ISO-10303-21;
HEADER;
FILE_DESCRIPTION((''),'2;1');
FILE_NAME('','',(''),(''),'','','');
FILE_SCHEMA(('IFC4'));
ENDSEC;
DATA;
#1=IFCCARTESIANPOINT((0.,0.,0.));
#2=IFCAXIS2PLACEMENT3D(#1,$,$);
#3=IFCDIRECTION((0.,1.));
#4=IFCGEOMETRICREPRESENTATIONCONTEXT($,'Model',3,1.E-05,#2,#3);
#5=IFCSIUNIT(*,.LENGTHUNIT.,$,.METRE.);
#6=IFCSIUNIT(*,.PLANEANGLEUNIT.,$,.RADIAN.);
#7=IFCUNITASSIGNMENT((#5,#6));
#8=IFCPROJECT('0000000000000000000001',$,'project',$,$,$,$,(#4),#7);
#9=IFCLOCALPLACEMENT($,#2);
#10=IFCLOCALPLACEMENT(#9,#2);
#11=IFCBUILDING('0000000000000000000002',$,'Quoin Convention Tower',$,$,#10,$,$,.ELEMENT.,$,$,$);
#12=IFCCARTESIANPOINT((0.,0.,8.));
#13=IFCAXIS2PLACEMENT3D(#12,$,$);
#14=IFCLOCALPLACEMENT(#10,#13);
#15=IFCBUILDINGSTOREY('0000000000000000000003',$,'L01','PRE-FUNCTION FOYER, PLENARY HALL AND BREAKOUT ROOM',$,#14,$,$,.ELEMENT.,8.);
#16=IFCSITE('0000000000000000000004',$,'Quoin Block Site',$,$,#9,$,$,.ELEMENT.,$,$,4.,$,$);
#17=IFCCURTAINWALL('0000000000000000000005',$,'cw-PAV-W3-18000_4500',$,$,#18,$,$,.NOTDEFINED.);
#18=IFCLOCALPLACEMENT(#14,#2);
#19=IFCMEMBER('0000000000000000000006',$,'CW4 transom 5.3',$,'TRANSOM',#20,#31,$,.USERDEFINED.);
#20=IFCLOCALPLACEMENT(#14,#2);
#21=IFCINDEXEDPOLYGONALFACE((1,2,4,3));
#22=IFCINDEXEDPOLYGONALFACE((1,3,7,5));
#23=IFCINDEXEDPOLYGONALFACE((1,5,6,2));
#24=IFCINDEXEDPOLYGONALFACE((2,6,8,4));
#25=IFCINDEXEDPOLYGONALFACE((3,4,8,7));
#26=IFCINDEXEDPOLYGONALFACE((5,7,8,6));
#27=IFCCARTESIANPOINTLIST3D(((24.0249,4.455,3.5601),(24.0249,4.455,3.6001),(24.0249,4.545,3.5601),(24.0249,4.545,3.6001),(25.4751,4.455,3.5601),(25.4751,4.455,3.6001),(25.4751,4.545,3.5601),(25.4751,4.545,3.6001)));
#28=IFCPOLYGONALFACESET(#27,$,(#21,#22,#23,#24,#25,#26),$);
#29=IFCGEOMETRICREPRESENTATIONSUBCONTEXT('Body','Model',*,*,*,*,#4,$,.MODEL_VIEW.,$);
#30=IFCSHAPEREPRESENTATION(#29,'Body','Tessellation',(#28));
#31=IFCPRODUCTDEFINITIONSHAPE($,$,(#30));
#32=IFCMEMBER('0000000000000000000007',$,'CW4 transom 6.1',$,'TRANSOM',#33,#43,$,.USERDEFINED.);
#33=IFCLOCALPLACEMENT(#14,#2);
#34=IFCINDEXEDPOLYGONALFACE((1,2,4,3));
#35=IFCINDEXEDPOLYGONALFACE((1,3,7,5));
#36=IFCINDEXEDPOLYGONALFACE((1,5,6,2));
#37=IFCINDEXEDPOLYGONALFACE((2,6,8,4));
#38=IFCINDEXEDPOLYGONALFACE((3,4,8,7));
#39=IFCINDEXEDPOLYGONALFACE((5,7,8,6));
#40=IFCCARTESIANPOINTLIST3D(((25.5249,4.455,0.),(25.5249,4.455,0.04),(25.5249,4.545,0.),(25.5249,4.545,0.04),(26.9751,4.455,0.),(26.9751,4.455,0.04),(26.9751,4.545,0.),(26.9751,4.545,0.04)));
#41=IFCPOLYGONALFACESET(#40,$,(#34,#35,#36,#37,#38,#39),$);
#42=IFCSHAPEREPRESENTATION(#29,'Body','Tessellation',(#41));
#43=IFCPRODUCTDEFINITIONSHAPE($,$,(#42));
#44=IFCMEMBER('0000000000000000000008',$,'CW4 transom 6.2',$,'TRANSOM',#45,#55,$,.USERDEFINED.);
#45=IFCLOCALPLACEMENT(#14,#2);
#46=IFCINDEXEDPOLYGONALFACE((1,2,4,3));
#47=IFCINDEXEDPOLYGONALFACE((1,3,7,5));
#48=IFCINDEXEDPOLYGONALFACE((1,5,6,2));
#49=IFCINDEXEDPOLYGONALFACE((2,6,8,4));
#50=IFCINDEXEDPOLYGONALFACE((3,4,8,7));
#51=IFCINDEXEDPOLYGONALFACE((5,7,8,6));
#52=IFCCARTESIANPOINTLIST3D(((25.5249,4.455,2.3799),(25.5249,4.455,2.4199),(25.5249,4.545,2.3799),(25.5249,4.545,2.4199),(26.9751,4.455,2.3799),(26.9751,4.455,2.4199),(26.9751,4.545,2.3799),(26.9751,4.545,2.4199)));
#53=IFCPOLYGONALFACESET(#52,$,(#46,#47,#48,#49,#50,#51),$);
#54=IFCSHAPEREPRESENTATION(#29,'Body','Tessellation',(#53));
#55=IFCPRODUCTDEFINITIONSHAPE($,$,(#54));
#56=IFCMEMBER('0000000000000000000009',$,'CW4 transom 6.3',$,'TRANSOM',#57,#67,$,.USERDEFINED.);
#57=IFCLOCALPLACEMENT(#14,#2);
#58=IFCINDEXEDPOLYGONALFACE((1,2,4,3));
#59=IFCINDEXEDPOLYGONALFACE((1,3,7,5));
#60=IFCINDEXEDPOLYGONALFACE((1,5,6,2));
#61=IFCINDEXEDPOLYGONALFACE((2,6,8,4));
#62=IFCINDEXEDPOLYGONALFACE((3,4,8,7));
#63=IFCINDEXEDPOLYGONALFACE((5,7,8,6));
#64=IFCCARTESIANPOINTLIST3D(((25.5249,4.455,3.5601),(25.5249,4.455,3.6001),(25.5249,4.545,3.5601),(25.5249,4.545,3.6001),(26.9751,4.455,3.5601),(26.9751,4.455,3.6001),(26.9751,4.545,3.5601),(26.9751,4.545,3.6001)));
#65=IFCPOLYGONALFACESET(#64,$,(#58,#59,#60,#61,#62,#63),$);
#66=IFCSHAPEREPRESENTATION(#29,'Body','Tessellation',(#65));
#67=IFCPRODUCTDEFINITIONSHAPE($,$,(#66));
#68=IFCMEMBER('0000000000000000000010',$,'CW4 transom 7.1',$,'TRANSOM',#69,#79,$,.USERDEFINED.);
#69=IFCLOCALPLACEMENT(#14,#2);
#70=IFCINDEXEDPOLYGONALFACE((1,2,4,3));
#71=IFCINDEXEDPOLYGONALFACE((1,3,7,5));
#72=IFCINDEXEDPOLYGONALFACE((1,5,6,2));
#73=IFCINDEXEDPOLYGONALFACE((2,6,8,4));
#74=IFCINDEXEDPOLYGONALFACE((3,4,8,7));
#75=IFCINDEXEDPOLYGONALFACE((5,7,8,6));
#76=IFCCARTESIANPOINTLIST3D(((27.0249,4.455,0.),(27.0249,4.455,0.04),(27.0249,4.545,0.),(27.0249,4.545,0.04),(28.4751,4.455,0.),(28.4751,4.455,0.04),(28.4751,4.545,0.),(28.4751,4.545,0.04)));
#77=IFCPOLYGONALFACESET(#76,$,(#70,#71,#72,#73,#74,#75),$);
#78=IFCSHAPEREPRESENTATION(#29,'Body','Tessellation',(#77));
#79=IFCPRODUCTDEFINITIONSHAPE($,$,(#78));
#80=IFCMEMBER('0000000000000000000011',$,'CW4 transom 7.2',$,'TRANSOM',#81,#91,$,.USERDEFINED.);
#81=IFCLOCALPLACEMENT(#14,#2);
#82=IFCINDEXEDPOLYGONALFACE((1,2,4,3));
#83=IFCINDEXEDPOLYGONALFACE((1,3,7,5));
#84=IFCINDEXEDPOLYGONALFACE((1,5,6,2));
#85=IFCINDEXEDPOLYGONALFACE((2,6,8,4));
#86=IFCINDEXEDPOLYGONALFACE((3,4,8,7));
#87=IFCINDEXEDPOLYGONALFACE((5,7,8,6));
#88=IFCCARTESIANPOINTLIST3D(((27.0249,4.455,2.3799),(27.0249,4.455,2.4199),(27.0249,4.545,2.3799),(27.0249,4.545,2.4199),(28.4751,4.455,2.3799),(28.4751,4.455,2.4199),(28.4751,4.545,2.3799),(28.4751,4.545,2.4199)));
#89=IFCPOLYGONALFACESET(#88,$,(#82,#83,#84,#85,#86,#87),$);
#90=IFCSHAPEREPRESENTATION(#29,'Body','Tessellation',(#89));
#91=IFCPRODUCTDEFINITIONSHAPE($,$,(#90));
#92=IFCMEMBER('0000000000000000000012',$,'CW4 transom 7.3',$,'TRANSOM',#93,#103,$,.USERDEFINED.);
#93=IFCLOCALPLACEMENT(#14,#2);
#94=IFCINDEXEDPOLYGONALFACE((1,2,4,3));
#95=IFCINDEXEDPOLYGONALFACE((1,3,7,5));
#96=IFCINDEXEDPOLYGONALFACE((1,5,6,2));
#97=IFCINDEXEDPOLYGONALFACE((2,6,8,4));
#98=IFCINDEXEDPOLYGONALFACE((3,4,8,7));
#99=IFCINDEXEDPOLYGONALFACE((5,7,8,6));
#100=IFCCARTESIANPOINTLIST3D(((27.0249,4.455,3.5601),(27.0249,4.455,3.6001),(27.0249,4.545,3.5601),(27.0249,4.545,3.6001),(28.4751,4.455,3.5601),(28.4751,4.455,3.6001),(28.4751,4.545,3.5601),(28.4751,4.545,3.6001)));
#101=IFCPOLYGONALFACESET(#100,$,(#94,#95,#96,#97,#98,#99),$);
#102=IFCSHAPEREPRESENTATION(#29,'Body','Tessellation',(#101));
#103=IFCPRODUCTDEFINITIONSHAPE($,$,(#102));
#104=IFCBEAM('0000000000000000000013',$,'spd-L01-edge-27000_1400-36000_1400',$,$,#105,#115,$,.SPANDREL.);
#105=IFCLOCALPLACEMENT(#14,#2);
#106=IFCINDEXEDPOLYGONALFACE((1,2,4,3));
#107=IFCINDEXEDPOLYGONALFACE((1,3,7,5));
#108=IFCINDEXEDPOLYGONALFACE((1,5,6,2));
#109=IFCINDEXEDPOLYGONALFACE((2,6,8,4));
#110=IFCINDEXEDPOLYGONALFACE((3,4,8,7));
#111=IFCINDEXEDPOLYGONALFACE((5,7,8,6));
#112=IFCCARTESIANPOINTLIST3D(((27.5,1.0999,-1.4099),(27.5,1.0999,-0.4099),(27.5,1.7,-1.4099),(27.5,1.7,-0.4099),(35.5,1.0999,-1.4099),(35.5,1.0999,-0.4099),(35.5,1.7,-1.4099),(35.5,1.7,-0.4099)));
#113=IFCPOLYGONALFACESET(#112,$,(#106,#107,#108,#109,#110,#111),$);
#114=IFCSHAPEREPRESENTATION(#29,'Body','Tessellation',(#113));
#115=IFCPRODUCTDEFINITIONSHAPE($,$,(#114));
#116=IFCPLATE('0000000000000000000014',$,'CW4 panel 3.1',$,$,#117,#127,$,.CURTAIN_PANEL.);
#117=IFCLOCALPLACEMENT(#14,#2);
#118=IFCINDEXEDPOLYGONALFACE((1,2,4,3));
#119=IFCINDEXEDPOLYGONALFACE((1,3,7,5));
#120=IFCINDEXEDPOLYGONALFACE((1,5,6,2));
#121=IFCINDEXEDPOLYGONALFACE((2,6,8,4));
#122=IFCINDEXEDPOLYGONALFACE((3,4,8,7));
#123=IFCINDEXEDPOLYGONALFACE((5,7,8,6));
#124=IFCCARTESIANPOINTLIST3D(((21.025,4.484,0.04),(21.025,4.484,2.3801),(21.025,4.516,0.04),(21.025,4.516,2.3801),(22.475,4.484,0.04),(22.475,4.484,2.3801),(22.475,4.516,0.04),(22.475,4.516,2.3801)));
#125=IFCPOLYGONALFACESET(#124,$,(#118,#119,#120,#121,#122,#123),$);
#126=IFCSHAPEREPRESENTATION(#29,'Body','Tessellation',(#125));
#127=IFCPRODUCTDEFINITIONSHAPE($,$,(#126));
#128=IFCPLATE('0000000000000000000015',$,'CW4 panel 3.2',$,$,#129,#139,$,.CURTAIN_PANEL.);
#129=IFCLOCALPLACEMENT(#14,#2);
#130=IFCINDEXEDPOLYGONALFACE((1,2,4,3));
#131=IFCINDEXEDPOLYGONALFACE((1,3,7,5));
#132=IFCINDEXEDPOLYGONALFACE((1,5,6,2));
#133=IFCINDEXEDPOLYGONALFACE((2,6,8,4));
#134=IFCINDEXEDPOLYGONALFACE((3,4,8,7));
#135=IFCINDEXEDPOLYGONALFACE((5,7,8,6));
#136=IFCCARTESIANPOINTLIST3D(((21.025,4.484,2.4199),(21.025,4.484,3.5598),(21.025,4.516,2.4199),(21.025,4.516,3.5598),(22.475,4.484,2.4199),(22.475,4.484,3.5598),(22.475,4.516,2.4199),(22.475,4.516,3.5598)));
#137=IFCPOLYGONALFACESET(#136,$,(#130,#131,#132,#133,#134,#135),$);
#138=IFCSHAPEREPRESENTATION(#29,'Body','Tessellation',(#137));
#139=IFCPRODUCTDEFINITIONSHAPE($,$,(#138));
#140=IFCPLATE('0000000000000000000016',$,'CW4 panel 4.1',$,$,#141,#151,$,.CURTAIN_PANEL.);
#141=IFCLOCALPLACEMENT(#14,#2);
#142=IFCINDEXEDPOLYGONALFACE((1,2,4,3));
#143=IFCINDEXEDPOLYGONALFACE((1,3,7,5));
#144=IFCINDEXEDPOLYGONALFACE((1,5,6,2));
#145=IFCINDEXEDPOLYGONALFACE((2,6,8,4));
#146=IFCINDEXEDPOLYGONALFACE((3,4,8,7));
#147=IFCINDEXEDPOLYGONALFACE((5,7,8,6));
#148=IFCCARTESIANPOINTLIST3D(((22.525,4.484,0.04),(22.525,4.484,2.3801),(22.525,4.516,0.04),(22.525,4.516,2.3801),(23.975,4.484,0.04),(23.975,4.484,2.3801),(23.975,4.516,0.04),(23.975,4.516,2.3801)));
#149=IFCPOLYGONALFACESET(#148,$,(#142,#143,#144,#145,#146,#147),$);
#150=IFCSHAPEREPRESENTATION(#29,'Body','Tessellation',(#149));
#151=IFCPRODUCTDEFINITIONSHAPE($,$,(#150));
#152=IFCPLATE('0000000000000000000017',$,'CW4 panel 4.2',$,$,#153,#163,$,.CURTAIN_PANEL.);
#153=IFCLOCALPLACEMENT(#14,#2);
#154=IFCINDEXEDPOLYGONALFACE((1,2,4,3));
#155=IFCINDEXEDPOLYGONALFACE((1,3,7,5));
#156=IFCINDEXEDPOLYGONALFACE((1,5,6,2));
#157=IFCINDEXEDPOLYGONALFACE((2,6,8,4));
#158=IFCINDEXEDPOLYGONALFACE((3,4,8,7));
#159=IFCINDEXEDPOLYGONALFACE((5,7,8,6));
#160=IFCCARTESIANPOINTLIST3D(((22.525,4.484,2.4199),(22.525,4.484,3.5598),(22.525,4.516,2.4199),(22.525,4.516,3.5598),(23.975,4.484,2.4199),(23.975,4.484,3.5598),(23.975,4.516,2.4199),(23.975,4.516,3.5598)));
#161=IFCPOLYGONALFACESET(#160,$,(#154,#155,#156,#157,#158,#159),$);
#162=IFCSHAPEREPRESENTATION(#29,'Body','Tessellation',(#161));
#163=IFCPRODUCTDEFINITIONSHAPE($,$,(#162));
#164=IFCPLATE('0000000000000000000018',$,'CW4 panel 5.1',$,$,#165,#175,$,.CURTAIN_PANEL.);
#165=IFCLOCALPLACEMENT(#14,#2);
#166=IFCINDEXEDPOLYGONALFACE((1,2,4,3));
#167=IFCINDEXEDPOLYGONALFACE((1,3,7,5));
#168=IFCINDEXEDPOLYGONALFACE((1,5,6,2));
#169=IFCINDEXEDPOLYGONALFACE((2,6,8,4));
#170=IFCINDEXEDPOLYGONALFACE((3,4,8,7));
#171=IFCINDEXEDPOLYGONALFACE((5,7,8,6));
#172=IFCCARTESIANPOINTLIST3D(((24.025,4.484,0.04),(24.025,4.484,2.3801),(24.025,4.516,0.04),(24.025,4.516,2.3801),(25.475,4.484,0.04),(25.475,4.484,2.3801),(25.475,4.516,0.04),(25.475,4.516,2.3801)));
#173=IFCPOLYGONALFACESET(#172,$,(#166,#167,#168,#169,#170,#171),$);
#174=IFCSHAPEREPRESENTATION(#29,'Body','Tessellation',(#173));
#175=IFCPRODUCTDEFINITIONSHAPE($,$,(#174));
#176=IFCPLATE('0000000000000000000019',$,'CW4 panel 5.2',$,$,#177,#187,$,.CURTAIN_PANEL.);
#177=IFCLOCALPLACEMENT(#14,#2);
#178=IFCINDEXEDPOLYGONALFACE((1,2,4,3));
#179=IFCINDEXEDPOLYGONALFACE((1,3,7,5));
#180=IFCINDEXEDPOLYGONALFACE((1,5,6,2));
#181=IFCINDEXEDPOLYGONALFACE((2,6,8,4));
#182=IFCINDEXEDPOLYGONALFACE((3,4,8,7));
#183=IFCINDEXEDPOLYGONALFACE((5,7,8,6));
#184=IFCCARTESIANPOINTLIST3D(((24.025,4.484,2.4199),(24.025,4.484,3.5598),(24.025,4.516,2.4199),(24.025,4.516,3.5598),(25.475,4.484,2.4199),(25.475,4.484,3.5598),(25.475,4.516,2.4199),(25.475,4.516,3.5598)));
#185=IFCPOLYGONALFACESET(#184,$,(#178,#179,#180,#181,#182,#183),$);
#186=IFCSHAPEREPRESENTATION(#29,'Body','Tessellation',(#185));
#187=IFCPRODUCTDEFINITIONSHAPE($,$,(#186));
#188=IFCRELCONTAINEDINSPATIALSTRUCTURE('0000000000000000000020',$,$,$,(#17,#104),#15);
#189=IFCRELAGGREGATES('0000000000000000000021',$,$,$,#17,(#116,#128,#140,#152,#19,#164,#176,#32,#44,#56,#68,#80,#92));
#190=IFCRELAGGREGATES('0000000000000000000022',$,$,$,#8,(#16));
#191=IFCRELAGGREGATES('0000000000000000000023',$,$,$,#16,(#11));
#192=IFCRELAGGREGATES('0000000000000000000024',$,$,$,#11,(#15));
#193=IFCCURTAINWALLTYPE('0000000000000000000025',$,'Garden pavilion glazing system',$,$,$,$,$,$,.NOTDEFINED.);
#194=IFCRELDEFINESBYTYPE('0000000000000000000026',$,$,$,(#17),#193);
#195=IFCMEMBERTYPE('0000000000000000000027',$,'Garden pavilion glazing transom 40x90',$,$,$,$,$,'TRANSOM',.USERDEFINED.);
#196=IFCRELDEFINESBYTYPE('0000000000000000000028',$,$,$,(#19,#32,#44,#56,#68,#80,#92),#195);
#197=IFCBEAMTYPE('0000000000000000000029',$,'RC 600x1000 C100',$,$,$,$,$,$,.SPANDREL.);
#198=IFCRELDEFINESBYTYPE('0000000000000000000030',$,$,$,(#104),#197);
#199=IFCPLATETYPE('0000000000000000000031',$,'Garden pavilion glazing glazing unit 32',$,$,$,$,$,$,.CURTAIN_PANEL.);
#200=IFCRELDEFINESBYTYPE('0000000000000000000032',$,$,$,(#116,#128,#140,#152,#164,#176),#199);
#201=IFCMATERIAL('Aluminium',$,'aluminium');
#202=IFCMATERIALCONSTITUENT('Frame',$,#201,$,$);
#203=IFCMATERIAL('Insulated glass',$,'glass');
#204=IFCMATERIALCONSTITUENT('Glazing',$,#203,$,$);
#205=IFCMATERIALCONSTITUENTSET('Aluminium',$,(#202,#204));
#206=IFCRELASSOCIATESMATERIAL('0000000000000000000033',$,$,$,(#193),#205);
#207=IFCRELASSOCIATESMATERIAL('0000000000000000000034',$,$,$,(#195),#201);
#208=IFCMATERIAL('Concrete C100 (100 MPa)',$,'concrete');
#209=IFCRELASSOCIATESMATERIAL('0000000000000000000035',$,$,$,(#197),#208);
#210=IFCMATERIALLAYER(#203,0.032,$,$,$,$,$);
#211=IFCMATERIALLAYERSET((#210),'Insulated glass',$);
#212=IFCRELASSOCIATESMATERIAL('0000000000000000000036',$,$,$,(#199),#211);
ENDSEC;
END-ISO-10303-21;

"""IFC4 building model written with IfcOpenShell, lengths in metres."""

from ifc_helpers import new_model, si_unit, direction, frame, origin, origin_2d, place, context, subcontext, project, spatial, rectangle, extrude, material, layer, layer_set, constituent, constituent_set, material_profile, profile_set, type_object, element, aggregate, save


model = new_model("IFC4")

# Units and contexts
model_context = context("Model", 3, precision=1e-05, world=origin(), true_north=direction((0.0, 1.0)))
body_context = subcontext(model_context, "Body", "Model", "MODEL_VIEW")
ifc_project = project(units=[si_unit("LENGTHUNIT", "METRE"), si_unit("PLANEANGLEUNIT", "RADIAN")], contexts=[model_context])

# Site, building, storey
site_placement = place(None, origin())
site = spatial("IfcSite", under=ifc_project, at=site_placement, Name="Quoin Block Site", CompositionType="ELEMENT", RefElevation=4.0)
building_placement = place(site_placement, origin())
building = spatial("IfcBuilding", under=site, at=building_placement, Name="Quoin Convention Tower", CompositionType="ELEMENT")
storey_placement = place(building_placement, frame((0.0, 0.0, 8.0)))
storey = spatial("IfcBuildingStorey", under=building, at=storey_placement, Name="L01", Description="PRE-FUNCTION FOYER, PLENARY HALL AND BREAKOUT ROOM", CompositionType="ELEMENT", Elevation=8.0)

# Curtain wall, members
ifc_material_1 = material(Name="Aluminium", Category="aluminium")
ifc_constituent_1 = constituent(ifc_material_1, Name="Frame")
ifc_material_2 = material(Name="Insulated glass", Category="glass")
ifc_constituent_2 = constituent(ifc_material_2, Name="Glazing")
ifc_constituent_set = constituent_set(constituents=[ifc_constituent_1, ifc_constituent_2], Name="Aluminium")
curtain_wall_type = type_object("IfcCurtainWallType", Name="Garden pavilion glazing system", PredefinedType="NOTDEFINED", material=ifc_constituent_set)
curtain_wall_placement = place(storey_placement, origin())
curtain_wall = element("IfcCurtainWall", 1, at=curtain_wall_placement, inside=storey, type_object=curtain_wall_type, Name="cw-PAV-W3-18000_4500", PredefinedType="NOTDEFINED")
ifc_material_profile_1 = material_profile(ifc_material_1, rectangle(XDim=0.0901, YDim=0.04, at=origin_2d()), Name="Garden pavilion glazing transom 40x90")
ifc_profile_set_1 = profile_set([ifc_material_profile_1], Name="Aluminium")
member_type_1 = type_object("IfcMemberType", Name="Garden pavilion glazing transom 40x90", ElementType="TRANSOM", PredefinedType="USERDEFINED", material=ifc_profile_set_1)
member_1_placement = place(storey_placement, frame((24.0249, 4.5, 3.5801), z_axis=(1.0, 0.0, 0.0), x_axis=(0.0, 1.0, 0.0)))
member_1 = element("IfcMember", 2, at=member_1_placement, type_object=member_type_1, Name="CW4 transom 5.3", ObjectType="TRANSOM", PredefinedType="USERDEFINED", context=body_context, shape_type="SweptSolid", body=[
    extrude(rectangle(XDim=0.0901, YDim=0.04, at=origin_2d()), origin(), (0.0, 0.0, 1.0), 1.4502),
])
member_2_placement = place(storey_placement, frame((25.5249, 4.5, 0.02), z_axis=(1.0, 0.0, 0.0), x_axis=(0.0, 1.0, 0.0)))
member_2 = element("IfcMember", 3, at=member_2_placement, type_object=member_type_1, Name="CW4 transom 6.1", ObjectType="TRANSOM", PredefinedType="USERDEFINED", context=body_context, shape_type="SweptSolid", body=[
    extrude(rectangle(XDim=0.0901, YDim=0.04, at=origin_2d()), origin(), (0.0, 0.0, 1.0), 1.4502),
])
member_3_placement = place(storey_placement, frame((25.5249, 4.5, 2.3999), z_axis=(1.0, 0.0, 0.0), x_axis=(0.0, 1.0, 0.0)))
member_3 = element("IfcMember", 4, at=member_3_placement, type_object=member_type_1, Name="CW4 transom 6.2", ObjectType="TRANSOM", PredefinedType="USERDEFINED", context=body_context, shape_type="SweptSolid", body=[
    extrude(rectangle(XDim=0.0901, YDim=0.04, at=origin_2d()), origin(), (0.0, 0.0, 1.0), 1.4502),
])
member_4_placement = place(storey_placement, frame((25.5249, 4.5, 3.5801), z_axis=(1.0, 0.0, 0.0), x_axis=(0.0, 1.0, 0.0)))
member_4 = element("IfcMember", 5, at=member_4_placement, type_object=member_type_1, Name="CW4 transom 6.3", ObjectType="TRANSOM", PredefinedType="USERDEFINED", context=body_context, shape_type="SweptSolid", body=[
    extrude(rectangle(XDim=0.0901, YDim=0.04, at=origin_2d()), origin(), (0.0, 0.0, 1.0), 1.4502),
])
member_5_placement = place(storey_placement, frame((27.0249, 4.5, 0.02), z_axis=(1.0, 0.0, 0.0), x_axis=(0.0, 1.0, 0.0)))
member_5 = element("IfcMember", 6, at=member_5_placement, type_object=member_type_1, Name="CW4 transom 7.1", ObjectType="TRANSOM", PredefinedType="USERDEFINED", context=body_context, shape_type="SweptSolid", body=[
    extrude(rectangle(XDim=0.0901, YDim=0.04, at=origin_2d()), origin(), (0.0, 0.0, 1.0), 1.4502),
])
member_6_placement = place(storey_placement, frame((27.0249, 4.5, 2.3999), z_axis=(1.0, 0.0, 0.0), x_axis=(0.0, 1.0, 0.0)))
member_6 = element("IfcMember", 7, at=member_6_placement, type_object=member_type_1, Name="CW4 transom 7.2", ObjectType="TRANSOM", PredefinedType="USERDEFINED", context=body_context, shape_type="SweptSolid", body=[
    extrude(rectangle(XDim=0.0901, YDim=0.04, at=origin_2d()), origin(), (0.0, 0.0, 1.0), 1.4502),
])
member_7_placement = place(storey_placement, frame((27.0249, 4.5, 3.5801), z_axis=(1.0, 0.0, 0.0), x_axis=(0.0, 1.0, 0.0)))
member_7 = element("IfcMember", 8, at=member_7_placement, type_object=member_type_1, Name="CW4 transom 7.3", ObjectType="TRANSOM", PredefinedType="USERDEFINED", context=body_context, shape_type="SweptSolid", body=[
    extrude(rectangle(XDim=0.0901, YDim=0.04, at=origin_2d()), origin(), (0.0, 0.0, 1.0), 1.4502),
])

# Beam
ifc_material_3 = material(Name="Concrete C100 (100 MPa)", Category="concrete")
ifc_material_profile_2 = material_profile(ifc_material_3, rectangle(XDim=0.6001, YDim=1.0, at=origin_2d()), Name="RC 600x1000")
ifc_profile_set_2 = profile_set([ifc_material_profile_2], Name="Concrete C100 (100 MPa)")
beam_type_1 = type_object("IfcBeamType", Name="RC 600x1000 C100", PredefinedType="SPANDREL", material=ifc_profile_set_2)
beam_1_placement = place(storey_placement, frame((27.5, 1.3999, -0.9099), z_axis=(1.0, 0.0, 0.0), x_axis=(0.0, 1.0, 0.0)))
element("IfcBeam", 9, at=beam_1_placement, inside=storey, type_object=beam_type_1, Name="spd-L01-edge-27000_1400-36000_1400", PredefinedType="SPANDREL", context=body_context, shape_type="SweptSolid", body=[
    extrude(rectangle(XDim=0.6001, YDim=1.0, at=origin_2d()), origin(), (0.0, 0.0, 1.0), 8.0),
])

# Plates
ifc_layer = layer(ifc_material_2, 0.032)
ifc_layer_set = layer_set([ifc_layer], Name="Insulated glass")
plate_type = type_object("IfcPlateType", Name="Garden pavilion glazing glazing unit 32", PredefinedType="CURTAIN_PANEL", material=ifc_layer_set)
plate_1_placement = place(storey_placement, frame((21.75, 4.5, 0.04), z_axis=(0.0, 0.0, 1.0), x_axis=(1.0, 0.0, 0.0)))
plate_1 = element("IfcPlate", 10, at=plate_1_placement, type_object=plate_type, Name="CW4 panel 3.1", PredefinedType="CURTAIN_PANEL", context=body_context, shape_type="SweptSolid", body=[
    extrude(rectangle(XDim=1.45, YDim=0.032, at=origin_2d()), origin(), (0.0, 0.0, 1.0), 2.3401),
])
plate_2_placement = place(storey_placement, frame((21.75, 4.5, 2.4199), z_axis=(0.0, 0.0, 1.0), x_axis=(1.0, 0.0, 0.0)))
plate_2 = element("IfcPlate", 11, at=plate_2_placement, type_object=plate_type, Name="CW4 panel 3.2", PredefinedType="CURTAIN_PANEL", context=body_context, shape_type="SweptSolid", body=[
    extrude(rectangle(XDim=1.45, YDim=0.032, at=origin_2d()), origin(), (0.0, 0.0, 1.0), 1.1399),
])
plate_3_placement = place(storey_placement, frame((23.25, 4.5, 0.04), z_axis=(0.0, 0.0, 1.0), x_axis=(1.0, 0.0, 0.0)))
plate_3 = element("IfcPlate", 12, at=plate_3_placement, type_object=plate_type, Name="CW4 panel 4.1", PredefinedType="CURTAIN_PANEL", context=body_context, shape_type="SweptSolid", body=[
    extrude(rectangle(XDim=1.45, YDim=0.032, at=origin_2d()), origin(), (0.0, 0.0, 1.0), 2.3401),
])
plate_4_placement = place(storey_placement, frame((23.25, 4.5, 2.4199), z_axis=(0.0, 0.0, 1.0), x_axis=(1.0, 0.0, 0.0)))
plate_4 = element("IfcPlate", 13, at=plate_4_placement, type_object=plate_type, Name="CW4 panel 4.2", PredefinedType="CURTAIN_PANEL", context=body_context, shape_type="SweptSolid", body=[
    extrude(rectangle(XDim=1.45, YDim=0.032, at=origin_2d()), origin(), (0.0, 0.0, 1.0), 1.1399),
])
plate_5_placement = place(storey_placement, frame((24.75, 4.5, 0.04), z_axis=(0.0, 0.0, 1.0), x_axis=(1.0, 0.0, 0.0)))
plate_5 = element("IfcPlate", 14, at=plate_5_placement, type_object=plate_type, Name="CW4 panel 5.1", PredefinedType="CURTAIN_PANEL", context=body_context, shape_type="SweptSolid", body=[
    extrude(rectangle(XDim=1.45, YDim=0.032, at=origin_2d()), origin(), (0.0, 0.0, 1.0), 2.3401),
])
plate_6_placement = place(storey_placement, frame((24.75, 4.5, 2.4199), z_axis=(0.0, 0.0, 1.0), x_axis=(1.0, 0.0, 0.0)))
plate_6 = element("IfcPlate", 15, at=plate_6_placement, type_object=plate_type, Name="CW4 panel 5.2", PredefinedType="CURTAIN_PANEL", context=body_context, shape_type="SweptSolid", body=[
    extrude(rectangle(XDim=1.45, YDim=0.032, at=origin_2d()), origin(), (0.0, 0.0, 1.0), 1.1399),
])
aggregate(curtain_wall, [plate_1, plate_2, plate_3, plate_4, member_1, plate_5, plate_6, member_2, member_3, member_4, member_5, member_6, member_7])

save(model, "model.ifc")
